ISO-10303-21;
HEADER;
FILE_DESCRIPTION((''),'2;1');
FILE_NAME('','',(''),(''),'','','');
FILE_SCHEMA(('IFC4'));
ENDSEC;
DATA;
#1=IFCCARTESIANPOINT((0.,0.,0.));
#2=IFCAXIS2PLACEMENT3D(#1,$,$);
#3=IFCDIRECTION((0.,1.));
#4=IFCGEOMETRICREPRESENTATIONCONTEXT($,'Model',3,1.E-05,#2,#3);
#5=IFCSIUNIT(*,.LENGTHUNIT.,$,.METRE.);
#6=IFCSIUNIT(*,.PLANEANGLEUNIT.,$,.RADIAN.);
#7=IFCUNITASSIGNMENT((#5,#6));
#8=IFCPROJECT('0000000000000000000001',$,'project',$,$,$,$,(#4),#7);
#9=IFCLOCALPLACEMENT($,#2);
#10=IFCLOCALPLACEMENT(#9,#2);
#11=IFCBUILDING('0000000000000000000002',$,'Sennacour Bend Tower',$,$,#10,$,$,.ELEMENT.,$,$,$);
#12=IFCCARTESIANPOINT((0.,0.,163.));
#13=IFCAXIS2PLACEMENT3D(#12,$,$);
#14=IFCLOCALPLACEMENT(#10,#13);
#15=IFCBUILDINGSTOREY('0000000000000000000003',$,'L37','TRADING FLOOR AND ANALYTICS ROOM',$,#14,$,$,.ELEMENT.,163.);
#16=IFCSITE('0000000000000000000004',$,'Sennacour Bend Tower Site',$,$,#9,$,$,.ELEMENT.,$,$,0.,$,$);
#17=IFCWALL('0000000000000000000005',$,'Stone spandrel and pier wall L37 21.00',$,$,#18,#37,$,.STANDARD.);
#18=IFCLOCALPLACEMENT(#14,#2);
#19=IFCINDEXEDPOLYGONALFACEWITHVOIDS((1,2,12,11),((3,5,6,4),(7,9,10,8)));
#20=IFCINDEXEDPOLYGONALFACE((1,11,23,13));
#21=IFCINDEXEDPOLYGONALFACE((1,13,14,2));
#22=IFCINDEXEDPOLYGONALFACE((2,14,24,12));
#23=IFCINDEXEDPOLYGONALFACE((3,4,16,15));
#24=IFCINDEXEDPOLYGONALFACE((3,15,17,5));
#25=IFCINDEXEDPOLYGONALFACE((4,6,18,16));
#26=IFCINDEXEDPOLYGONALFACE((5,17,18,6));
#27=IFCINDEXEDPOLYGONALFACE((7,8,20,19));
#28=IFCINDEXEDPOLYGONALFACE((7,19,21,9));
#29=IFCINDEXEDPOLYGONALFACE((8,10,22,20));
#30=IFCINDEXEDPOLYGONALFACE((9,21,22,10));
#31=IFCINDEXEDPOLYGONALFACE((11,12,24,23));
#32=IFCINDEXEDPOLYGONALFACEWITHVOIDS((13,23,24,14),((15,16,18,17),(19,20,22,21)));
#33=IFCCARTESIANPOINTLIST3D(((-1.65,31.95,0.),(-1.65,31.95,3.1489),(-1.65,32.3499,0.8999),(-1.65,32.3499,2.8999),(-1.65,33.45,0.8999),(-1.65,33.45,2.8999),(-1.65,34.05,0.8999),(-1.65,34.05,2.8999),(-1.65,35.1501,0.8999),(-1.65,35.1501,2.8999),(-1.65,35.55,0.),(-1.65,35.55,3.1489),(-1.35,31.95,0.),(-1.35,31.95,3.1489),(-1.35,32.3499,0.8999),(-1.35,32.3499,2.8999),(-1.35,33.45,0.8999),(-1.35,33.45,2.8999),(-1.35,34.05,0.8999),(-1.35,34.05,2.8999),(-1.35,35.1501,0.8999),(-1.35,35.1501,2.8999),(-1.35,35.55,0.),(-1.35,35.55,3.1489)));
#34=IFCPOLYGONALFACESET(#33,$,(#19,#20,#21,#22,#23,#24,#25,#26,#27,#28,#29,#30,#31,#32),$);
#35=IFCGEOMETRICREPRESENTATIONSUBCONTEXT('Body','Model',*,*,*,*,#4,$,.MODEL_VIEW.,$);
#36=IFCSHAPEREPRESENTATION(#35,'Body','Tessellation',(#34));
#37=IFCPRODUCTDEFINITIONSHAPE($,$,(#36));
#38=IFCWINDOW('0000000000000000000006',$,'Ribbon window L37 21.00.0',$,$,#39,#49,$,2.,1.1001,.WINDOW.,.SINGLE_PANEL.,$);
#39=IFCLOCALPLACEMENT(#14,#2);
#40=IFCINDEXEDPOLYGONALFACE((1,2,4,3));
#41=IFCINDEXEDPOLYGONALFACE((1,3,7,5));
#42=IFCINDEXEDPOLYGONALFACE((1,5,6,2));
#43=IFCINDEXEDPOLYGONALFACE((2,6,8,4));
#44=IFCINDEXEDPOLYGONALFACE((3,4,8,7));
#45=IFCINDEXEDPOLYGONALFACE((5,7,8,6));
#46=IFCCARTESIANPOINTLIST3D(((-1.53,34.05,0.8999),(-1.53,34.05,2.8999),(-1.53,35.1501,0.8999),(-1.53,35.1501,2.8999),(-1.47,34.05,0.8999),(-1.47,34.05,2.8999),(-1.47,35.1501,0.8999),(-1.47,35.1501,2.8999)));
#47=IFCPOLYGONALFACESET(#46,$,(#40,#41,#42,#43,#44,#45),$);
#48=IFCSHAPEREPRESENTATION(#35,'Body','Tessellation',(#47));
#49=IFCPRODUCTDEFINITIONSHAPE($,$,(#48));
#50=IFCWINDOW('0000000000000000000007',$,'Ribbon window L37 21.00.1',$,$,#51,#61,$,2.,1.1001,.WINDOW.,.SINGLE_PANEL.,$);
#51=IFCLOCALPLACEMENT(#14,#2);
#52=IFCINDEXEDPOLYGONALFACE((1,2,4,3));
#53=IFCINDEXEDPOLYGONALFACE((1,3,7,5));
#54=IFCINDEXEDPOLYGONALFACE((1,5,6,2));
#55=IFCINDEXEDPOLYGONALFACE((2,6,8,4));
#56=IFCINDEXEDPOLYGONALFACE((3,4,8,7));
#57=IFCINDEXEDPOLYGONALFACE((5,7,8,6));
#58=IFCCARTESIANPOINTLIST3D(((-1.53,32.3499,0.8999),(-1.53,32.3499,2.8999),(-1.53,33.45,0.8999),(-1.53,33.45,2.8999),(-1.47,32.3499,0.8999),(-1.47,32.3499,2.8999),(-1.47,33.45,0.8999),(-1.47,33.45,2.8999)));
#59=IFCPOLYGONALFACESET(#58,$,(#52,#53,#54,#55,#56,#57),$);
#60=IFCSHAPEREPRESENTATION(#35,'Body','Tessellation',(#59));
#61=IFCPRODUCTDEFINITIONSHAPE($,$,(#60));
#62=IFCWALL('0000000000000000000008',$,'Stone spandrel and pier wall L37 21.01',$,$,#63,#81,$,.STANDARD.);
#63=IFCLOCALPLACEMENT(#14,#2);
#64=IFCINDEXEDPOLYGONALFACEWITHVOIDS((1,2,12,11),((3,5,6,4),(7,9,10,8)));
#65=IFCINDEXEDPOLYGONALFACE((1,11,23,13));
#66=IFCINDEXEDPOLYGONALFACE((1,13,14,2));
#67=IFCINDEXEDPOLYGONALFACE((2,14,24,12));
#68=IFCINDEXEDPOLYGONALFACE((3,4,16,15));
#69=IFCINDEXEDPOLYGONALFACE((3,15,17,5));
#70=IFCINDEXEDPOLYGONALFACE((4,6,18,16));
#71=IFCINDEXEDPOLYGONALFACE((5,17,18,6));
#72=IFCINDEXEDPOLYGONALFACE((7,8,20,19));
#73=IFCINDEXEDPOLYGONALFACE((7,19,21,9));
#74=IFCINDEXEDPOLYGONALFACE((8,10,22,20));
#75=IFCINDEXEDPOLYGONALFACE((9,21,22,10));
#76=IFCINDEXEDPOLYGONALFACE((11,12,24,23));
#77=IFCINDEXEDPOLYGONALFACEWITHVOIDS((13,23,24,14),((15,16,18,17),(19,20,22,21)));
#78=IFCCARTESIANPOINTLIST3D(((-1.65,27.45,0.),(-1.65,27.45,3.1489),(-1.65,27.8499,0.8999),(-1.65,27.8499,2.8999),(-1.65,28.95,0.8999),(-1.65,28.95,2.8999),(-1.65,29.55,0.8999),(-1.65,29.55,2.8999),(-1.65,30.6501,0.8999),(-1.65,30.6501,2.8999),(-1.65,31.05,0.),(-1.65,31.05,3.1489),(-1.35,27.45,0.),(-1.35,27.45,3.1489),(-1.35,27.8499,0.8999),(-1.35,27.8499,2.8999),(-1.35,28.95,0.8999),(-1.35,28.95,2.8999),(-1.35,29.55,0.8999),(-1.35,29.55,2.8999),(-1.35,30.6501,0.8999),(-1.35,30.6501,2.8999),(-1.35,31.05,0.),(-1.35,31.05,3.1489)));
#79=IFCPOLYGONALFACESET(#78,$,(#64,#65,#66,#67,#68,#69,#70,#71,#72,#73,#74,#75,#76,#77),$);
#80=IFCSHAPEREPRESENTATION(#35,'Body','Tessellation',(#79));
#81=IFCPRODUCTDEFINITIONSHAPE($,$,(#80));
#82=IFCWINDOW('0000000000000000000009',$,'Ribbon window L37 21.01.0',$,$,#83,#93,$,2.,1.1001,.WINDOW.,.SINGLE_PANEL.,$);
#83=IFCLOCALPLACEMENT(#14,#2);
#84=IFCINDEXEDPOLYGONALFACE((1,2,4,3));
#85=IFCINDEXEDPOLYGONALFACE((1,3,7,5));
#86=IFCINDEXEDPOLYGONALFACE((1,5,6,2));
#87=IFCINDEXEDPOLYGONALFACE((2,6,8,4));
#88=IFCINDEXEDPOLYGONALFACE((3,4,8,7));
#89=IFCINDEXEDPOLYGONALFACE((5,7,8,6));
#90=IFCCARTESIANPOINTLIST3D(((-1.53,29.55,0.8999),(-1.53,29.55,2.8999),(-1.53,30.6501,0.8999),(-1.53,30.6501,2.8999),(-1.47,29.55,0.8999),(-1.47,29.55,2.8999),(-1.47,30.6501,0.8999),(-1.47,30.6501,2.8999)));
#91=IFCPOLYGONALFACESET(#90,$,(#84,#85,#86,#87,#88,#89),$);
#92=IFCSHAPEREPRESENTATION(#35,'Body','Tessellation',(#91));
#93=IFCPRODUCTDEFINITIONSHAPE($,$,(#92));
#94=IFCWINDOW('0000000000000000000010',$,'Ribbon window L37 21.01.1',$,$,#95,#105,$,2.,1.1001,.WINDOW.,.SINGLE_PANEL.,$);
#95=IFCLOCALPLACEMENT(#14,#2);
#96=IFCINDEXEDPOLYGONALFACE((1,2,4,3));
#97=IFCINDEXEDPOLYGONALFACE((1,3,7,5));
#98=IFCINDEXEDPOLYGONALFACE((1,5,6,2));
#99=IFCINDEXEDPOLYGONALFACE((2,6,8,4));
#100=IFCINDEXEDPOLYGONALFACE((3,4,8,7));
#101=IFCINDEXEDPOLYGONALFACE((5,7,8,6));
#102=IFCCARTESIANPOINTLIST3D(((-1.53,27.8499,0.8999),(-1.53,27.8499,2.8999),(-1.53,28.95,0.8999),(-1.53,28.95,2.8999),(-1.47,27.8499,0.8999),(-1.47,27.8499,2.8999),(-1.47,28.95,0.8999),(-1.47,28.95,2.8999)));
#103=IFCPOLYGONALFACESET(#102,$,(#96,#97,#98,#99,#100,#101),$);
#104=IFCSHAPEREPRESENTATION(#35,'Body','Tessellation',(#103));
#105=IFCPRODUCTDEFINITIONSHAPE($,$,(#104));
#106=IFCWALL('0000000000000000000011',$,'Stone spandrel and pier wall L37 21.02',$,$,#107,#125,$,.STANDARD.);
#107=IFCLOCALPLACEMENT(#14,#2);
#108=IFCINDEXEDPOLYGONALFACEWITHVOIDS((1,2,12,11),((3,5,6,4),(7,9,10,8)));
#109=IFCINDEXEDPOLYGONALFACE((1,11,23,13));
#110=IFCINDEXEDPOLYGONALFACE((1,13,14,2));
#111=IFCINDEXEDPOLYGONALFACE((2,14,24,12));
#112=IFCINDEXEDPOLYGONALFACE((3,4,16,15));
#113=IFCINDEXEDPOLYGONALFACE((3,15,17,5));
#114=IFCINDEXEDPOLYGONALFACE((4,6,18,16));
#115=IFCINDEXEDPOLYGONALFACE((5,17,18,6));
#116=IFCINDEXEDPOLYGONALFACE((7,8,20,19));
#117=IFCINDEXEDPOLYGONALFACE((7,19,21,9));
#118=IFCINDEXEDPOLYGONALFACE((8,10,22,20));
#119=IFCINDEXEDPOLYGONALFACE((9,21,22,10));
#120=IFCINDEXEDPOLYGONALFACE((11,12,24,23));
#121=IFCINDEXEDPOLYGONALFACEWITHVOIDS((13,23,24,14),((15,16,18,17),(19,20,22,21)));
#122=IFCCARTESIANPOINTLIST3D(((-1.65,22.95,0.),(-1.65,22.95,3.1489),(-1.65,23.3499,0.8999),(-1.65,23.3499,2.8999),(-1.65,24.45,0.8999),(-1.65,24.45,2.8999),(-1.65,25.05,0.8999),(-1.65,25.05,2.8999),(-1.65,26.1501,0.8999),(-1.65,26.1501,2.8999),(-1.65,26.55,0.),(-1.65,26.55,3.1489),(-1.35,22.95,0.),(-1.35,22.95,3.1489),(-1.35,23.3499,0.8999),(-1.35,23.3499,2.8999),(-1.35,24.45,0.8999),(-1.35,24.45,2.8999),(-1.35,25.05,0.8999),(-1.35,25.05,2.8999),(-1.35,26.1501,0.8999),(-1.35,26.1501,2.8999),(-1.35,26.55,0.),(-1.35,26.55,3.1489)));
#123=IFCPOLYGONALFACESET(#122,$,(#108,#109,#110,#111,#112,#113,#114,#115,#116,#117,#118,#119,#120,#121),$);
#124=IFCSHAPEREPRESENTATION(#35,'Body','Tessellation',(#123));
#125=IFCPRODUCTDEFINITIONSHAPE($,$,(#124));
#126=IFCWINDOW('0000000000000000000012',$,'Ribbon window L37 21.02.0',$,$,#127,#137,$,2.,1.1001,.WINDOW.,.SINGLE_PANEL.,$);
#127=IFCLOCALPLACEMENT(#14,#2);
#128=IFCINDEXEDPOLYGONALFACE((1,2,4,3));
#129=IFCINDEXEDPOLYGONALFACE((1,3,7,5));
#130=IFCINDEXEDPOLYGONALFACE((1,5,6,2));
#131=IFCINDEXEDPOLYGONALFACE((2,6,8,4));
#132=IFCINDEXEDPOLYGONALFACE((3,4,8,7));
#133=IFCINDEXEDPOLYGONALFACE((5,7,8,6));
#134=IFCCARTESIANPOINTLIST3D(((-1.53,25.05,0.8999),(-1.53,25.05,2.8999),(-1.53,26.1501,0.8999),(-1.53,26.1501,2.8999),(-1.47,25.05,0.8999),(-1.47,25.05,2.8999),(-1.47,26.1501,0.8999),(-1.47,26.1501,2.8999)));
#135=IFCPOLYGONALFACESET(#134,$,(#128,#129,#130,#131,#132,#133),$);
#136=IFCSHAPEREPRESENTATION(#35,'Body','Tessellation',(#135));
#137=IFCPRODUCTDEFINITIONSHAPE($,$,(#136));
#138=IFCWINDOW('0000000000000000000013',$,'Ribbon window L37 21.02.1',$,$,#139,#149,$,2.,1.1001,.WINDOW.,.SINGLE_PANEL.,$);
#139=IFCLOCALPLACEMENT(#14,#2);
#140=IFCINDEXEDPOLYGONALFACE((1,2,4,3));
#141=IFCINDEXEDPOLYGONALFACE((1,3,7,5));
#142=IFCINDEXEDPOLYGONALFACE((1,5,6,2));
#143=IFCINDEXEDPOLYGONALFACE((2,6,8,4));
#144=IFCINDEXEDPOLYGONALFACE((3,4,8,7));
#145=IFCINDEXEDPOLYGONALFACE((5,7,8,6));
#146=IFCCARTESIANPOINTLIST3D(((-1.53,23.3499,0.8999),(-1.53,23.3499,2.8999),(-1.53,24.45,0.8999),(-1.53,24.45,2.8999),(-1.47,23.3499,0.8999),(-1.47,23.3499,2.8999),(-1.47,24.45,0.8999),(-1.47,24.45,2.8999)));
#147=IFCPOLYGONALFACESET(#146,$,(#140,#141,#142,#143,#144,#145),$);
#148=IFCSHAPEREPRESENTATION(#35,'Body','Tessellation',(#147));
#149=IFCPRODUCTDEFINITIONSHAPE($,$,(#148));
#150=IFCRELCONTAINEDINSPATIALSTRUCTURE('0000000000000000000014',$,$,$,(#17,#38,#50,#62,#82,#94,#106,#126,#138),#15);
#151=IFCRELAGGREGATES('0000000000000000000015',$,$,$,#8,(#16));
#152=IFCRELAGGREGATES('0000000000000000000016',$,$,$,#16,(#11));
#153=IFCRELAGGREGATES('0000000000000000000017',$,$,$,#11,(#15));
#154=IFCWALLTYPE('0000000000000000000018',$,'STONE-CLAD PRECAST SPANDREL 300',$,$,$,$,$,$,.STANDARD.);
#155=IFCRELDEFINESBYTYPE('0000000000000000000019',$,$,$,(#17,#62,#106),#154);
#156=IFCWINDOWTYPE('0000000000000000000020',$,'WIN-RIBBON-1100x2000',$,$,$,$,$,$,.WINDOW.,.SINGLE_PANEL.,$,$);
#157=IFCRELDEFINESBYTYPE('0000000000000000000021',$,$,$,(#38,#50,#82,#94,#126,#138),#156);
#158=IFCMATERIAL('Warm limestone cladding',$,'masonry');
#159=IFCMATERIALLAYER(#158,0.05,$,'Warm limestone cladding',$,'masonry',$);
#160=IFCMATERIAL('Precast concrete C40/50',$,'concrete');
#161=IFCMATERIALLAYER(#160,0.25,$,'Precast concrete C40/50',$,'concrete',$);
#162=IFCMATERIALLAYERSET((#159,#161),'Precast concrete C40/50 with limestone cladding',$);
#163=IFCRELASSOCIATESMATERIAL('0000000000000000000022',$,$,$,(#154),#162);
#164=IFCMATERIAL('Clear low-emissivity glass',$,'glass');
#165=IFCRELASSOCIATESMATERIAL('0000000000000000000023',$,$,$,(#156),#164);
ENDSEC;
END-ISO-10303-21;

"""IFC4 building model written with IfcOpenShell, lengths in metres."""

from ifc_helpers import new_model, si_unit, direction, frame, frame_2d, origin, place, context, subcontext, project, spatial, rectangle, extrude, material, layer, layer_set, type_object, element, fill, save


model = new_model("IFC4")

# Units and contexts
model_context = context("Model", 3, precision=1e-05, world=origin(), true_north=direction((0.0, 1.0)))
body_context = subcontext(model_context, "Body", "Model", "MODEL_VIEW")
ifc_project = project(units=[si_unit("LENGTHUNIT", "METRE"), si_unit("PLANEANGLEUNIT", "RADIAN")], contexts=[model_context])

# Site, building, storey
site_placement = place(None, origin())
site = spatial("IfcSite", under=ifc_project, at=site_placement, Name="Sennacour Bend Tower Site", CompositionType="ELEMENT", RefElevation=0.0)
building_placement = place(site_placement, origin())
building = spatial("IfcBuilding", under=site, at=building_placement, Name="Sennacour Bend Tower", CompositionType="ELEMENT")
storey_placement = place(building_placement, frame((0.0, 0.0, 163.0)))
storey = spatial("IfcBuildingStorey", under=building, at=storey_placement, Name="L37", Description="TRADING FLOOR AND ANALYTICS ROOM", CompositionType="ELEMENT", Elevation=163.0)

# Shared definitions
ifc_material_1 = material(Name="Warm limestone cladding", Category="masonry")
ifc_layer_1 = layer(ifc_material_1, 0.05, Name="Warm limestone cladding", Category="masonry")
ifc_material_2 = material(Name="Precast concrete C40/50", Category="concrete")
ifc_layer_2 = layer(ifc_material_2, 0.25, Name="Precast concrete C40/50", Category="concrete")
ifc_layer_set_1 = layer_set([ifc_layer_1, ifc_layer_2], Name="Precast concrete C40/50 with limestone cladding")
wall_type_1 = type_object("IfcWallType", Name="STONE-CLAD PRECAST SPANDREL 300", PredefinedType="STANDARD", material=ifc_layer_set_1)

# Walls, openings, windows
wall_1_placement = place(storey_placement, frame((-1.5, 35.55, 0.0), z_axis=(0.0, 0.0, 1.0), x_axis=(0.0, -1.0, 0.0)))
wall_1 = element("IfcWall", 1, at=wall_1_placement, inside=storey, type_object=wall_type_1, Name="Stone spandrel and pier wall L37 21.00", PredefinedType="STANDARD", context=body_context, shape_type="SweptSolid", body=[
    extrude(rectangle(XDim=3.6001, YDim=0.3, at=frame_2d((1.8, 0.0))), origin(), (0.0, 0.0, 1.0), 3.1489),
])
opening_1_placement = place(wall_1_placement, frame((0.3999, 0.0, 0.8999)))
opening_1 = element("IfcOpeningElement", 2, at=opening_1_placement, cuts=wall_1, PredefinedType="OPENING", context=body_context, shape_type="SweptSolid", body=[
    extrude(rectangle(XDim=1.1001, YDim=2.0, at=frame_2d((0.55, 1.0))), frame((0.0, 0.1602, 0.0), z_axis=(0.0, -1.0, 0.0), x_axis=(1.0, 0.0, 0.0)), (0.0, 0.0, 1.0), 0.3201),
])
opening_2_placement = place(wall_1_placement, frame((2.1001, 0.0, 0.8999)))
opening_2 = element("IfcOpeningElement", 3, at=opening_2_placement, cuts=wall_1, PredefinedType="OPENING", context=body_context, shape_type="SweptSolid", body=[
    extrude(rectangle(XDim=1.1001, YDim=2.0, at=frame_2d((0.55, 1.0))), frame((0.0, 0.1602, 0.0), z_axis=(0.0, -1.0, 0.0), x_axis=(1.0, 0.0, 0.0)), (0.0, 0.0, 1.0), 0.3201),
])
ifc_material_3 = material(Name="Clear low-emissivity glass", Category="glass")
window_type = type_object("IfcWindowType", Name="WIN-RIBBON-1100x2000", PartitioningType="SINGLE_PANEL", PredefinedType="WINDOW", material=ifc_material_3)
window_1_placement = place(opening_1_placement, origin())
window_1 = element("IfcWindow", 4, at=window_1_placement, inside=storey, type_object=window_type, Name="Ribbon window L37 21.00.0", OverallHeight=2.0, OverallWidth=1.1001, PartitioningType="SINGLE_PANEL", PredefinedType="WINDOW", context=body_context, shape_type="SweptSolid", body=[
    extrude(rectangle(XDim=1.1001, YDim=2.0, at=frame_2d((0.55, 1.0))), frame((0.0, 0.03, 0.0), z_axis=(0.0, -1.0, 0.0), x_axis=(1.0, 0.0, 0.0)), (0.0, 0.0, 1.0), 0.0601),
])
fill(opening_1, window_1)
window_2_placement = place(opening_2_placement, origin())
window_2 = element("IfcWindow", 5, at=window_2_placement, inside=storey, type_object=window_type, Name="Ribbon window L37 21.00.1", OverallHeight=2.0, OverallWidth=1.1001, PartitioningType="SINGLE_PANEL", PredefinedType="WINDOW", context=body_context, shape_type="SweptSolid", body=[
    extrude(rectangle(XDim=1.1001, YDim=2.0, at=frame_2d((0.55, 1.0))), frame((0.0, 0.03, 0.0), z_axis=(0.0, -1.0, 0.0), x_axis=(1.0, 0.0, 0.0)), (0.0, 0.0, 1.0), 0.0601),
])
fill(opening_2, window_2)
wall_2_placement = place(storey_placement, frame((-1.5, 31.05, 0.0), z_axis=(0.0, 0.0, 1.0), x_axis=(0.0, -1.0, 0.0)))
wall_2 = element("IfcWall", 6, at=wall_2_placement, inside=storey, type_object=wall_type_1, Name="Stone spandrel and pier wall L37 21.01", PredefinedType="STANDARD", context=body_context, shape_type="SweptSolid", body=[
    extrude(rectangle(XDim=3.6001, YDim=0.3, at=frame_2d((1.8, 0.0))), origin(), (0.0, 0.0, 1.0), 3.1489),
])
opening_3_placement = place(wall_2_placement, frame((0.3999, 0.0, 0.8999)))
opening_3 = element("IfcOpeningElement", 7, at=opening_3_placement, cuts=wall_2, PredefinedType="OPENING", context=body_context, shape_type="SweptSolid", body=[
    extrude(rectangle(XDim=1.1001, YDim=2.0, at=frame_2d((0.55, 1.0))), frame((0.0, 0.1602, 0.0), z_axis=(0.0, -1.0, 0.0), x_axis=(1.0, 0.0, 0.0)), (0.0, 0.0, 1.0), 0.3201),
])
opening_4_placement = place(wall_2_placement, frame((2.1001, 0.0, 0.8999)))
opening_4 = element("IfcOpeningElement", 8, at=opening_4_placement, cuts=wall_2, PredefinedType="OPENING", context=body_context, shape_type="SweptSolid", body=[
    extrude(rectangle(XDim=1.1001, YDim=2.0, at=frame_2d((0.55, 1.0))), frame((0.0, 0.1602, 0.0), z_axis=(0.0, -1.0, 0.0), x_axis=(1.0, 0.0, 0.0)), (0.0, 0.0, 1.0), 0.3201),
])
window_3_placement = place(opening_3_placement, origin())
window_3 = element("IfcWindow", 9, at=window_3_placement, inside=storey, type_object=window_type, Name="Ribbon window L37 21.01.0", OverallHeight=2.0, OverallWidth=1.1001, PartitioningType="SINGLE_PANEL", PredefinedType="WINDOW", context=body_context, shape_type="SweptSolid", body=[
    extrude(rectangle(XDim=1.1001, YDim=2.0, at=frame_2d((0.55, 1.0))), frame((0.0, 0.03, 0.0), z_axis=(0.0, -1.0, 0.0), x_axis=(1.0, 0.0, 0.0)), (0.0, 0.0, 1.0), 0.0601),
])
fill(opening_3, window_3)
window_4_placement = place(opening_4_placement, origin())
window_4 = element("IfcWindow", 10, at=window_4_placement, inside=storey, type_object=window_type, Name="Ribbon window L37 21.01.1", OverallHeight=2.0, OverallWidth=1.1001, PartitioningType="SINGLE_PANEL", PredefinedType="WINDOW", context=body_context, shape_type="SweptSolid", body=[
    extrude(rectangle(XDim=1.1001, YDim=2.0, at=frame_2d((0.55, 1.0))), frame((0.0, 0.03, 0.0), z_axis=(0.0, -1.0, 0.0), x_axis=(1.0, 0.0, 0.0)), (0.0, 0.0, 1.0), 0.0601),
])
fill(opening_4, window_4)
wall_3_placement = place(storey_placement, frame((-1.5, 26.55, 0.0), z_axis=(0.0, 0.0, 1.0), x_axis=(0.0, -1.0, 0.0)))
wall_3 = element("IfcWall", 11, at=wall_3_placement, inside=storey, type_object=wall_type_1, Name="Stone spandrel and pier wall L37 21.02", PredefinedType="STANDARD", context=body_context, shape_type="SweptSolid", body=[
    extrude(rectangle(XDim=3.6001, YDim=0.3, at=frame_2d((1.8, 0.0))), origin(), (0.0, 0.0, 1.0), 3.1489),
])
opening_5_placement = place(wall_3_placement, frame((0.3999, 0.0, 0.8999)))
opening_5 = element("IfcOpeningElement", 12, at=opening_5_placement, cuts=wall_3, PredefinedType="OPENING", context=body_context, shape_type="SweptSolid", body=[
    extrude(rectangle(XDim=1.1001, YDim=2.0, at=frame_2d((0.55, 1.0))), frame((0.0, 0.1602, 0.0), z_axis=(0.0, -1.0, 0.0), x_axis=(1.0, 0.0, 0.0)), (0.0, 0.0, 1.0), 0.3201),
])
opening_6_placement = place(wall_3_placement, frame((2.1001, 0.0, 0.8999)))
opening_6 = element("IfcOpeningElement", 13, at=opening_6_placement, cuts=wall_3, PredefinedType="OPENING", context=body_context, shape_type="SweptSolid", body=[
    extrude(rectangle(XDim=1.1001, YDim=2.0, at=frame_2d((0.55, 1.0))), frame((0.0, 0.1602, 0.0), z_axis=(0.0, -1.0, 0.0), x_axis=(1.0, 0.0, 0.0)), (0.0, 0.0, 1.0), 0.3201),
])
window_5_placement = place(opening_5_placement, origin())
window_5 = element("IfcWindow", 14, at=window_5_placement, inside=storey, type_object=window_type, Name="Ribbon window L37 21.02.0", OverallHeight=2.0, OverallWidth=1.1001, PartitioningType="SINGLE_PANEL", PredefinedType="WINDOW", context=body_context, shape_type="SweptSolid", body=[
    extrude(rectangle(XDim=1.1001, YDim=2.0, at=frame_2d((0.55, 1.0))), frame((0.0, 0.03, 0.0), z_axis=(0.0, -1.0, 0.0), x_axis=(1.0, 0.0, 0.0)), (0.0, 0.0, 1.0), 0.0601),
])
fill(opening_5, window_5)
window_6_placement = place(opening_6_placement, origin())
window_6 = element("IfcWindow", 15, at=window_6_placement, inside=storey, type_object=window_type, Name="Ribbon window L37 21.02.1", OverallHeight=2.0, OverallWidth=1.1001, PartitioningType="SINGLE_PANEL", PredefinedType="WINDOW", context=body_context, shape_type="SweptSolid", body=[
    extrude(rectangle(XDim=1.1001, YDim=2.0, at=frame_2d((0.55, 1.0))), frame((0.0, 0.03, 0.0), z_axis=(0.0, -1.0, 0.0), x_axis=(1.0, 0.0, 0.0)), (0.0, 0.0, 1.0), 0.0601),
])
fill(opening_6, window_6)

save(model, "model.ifc")
